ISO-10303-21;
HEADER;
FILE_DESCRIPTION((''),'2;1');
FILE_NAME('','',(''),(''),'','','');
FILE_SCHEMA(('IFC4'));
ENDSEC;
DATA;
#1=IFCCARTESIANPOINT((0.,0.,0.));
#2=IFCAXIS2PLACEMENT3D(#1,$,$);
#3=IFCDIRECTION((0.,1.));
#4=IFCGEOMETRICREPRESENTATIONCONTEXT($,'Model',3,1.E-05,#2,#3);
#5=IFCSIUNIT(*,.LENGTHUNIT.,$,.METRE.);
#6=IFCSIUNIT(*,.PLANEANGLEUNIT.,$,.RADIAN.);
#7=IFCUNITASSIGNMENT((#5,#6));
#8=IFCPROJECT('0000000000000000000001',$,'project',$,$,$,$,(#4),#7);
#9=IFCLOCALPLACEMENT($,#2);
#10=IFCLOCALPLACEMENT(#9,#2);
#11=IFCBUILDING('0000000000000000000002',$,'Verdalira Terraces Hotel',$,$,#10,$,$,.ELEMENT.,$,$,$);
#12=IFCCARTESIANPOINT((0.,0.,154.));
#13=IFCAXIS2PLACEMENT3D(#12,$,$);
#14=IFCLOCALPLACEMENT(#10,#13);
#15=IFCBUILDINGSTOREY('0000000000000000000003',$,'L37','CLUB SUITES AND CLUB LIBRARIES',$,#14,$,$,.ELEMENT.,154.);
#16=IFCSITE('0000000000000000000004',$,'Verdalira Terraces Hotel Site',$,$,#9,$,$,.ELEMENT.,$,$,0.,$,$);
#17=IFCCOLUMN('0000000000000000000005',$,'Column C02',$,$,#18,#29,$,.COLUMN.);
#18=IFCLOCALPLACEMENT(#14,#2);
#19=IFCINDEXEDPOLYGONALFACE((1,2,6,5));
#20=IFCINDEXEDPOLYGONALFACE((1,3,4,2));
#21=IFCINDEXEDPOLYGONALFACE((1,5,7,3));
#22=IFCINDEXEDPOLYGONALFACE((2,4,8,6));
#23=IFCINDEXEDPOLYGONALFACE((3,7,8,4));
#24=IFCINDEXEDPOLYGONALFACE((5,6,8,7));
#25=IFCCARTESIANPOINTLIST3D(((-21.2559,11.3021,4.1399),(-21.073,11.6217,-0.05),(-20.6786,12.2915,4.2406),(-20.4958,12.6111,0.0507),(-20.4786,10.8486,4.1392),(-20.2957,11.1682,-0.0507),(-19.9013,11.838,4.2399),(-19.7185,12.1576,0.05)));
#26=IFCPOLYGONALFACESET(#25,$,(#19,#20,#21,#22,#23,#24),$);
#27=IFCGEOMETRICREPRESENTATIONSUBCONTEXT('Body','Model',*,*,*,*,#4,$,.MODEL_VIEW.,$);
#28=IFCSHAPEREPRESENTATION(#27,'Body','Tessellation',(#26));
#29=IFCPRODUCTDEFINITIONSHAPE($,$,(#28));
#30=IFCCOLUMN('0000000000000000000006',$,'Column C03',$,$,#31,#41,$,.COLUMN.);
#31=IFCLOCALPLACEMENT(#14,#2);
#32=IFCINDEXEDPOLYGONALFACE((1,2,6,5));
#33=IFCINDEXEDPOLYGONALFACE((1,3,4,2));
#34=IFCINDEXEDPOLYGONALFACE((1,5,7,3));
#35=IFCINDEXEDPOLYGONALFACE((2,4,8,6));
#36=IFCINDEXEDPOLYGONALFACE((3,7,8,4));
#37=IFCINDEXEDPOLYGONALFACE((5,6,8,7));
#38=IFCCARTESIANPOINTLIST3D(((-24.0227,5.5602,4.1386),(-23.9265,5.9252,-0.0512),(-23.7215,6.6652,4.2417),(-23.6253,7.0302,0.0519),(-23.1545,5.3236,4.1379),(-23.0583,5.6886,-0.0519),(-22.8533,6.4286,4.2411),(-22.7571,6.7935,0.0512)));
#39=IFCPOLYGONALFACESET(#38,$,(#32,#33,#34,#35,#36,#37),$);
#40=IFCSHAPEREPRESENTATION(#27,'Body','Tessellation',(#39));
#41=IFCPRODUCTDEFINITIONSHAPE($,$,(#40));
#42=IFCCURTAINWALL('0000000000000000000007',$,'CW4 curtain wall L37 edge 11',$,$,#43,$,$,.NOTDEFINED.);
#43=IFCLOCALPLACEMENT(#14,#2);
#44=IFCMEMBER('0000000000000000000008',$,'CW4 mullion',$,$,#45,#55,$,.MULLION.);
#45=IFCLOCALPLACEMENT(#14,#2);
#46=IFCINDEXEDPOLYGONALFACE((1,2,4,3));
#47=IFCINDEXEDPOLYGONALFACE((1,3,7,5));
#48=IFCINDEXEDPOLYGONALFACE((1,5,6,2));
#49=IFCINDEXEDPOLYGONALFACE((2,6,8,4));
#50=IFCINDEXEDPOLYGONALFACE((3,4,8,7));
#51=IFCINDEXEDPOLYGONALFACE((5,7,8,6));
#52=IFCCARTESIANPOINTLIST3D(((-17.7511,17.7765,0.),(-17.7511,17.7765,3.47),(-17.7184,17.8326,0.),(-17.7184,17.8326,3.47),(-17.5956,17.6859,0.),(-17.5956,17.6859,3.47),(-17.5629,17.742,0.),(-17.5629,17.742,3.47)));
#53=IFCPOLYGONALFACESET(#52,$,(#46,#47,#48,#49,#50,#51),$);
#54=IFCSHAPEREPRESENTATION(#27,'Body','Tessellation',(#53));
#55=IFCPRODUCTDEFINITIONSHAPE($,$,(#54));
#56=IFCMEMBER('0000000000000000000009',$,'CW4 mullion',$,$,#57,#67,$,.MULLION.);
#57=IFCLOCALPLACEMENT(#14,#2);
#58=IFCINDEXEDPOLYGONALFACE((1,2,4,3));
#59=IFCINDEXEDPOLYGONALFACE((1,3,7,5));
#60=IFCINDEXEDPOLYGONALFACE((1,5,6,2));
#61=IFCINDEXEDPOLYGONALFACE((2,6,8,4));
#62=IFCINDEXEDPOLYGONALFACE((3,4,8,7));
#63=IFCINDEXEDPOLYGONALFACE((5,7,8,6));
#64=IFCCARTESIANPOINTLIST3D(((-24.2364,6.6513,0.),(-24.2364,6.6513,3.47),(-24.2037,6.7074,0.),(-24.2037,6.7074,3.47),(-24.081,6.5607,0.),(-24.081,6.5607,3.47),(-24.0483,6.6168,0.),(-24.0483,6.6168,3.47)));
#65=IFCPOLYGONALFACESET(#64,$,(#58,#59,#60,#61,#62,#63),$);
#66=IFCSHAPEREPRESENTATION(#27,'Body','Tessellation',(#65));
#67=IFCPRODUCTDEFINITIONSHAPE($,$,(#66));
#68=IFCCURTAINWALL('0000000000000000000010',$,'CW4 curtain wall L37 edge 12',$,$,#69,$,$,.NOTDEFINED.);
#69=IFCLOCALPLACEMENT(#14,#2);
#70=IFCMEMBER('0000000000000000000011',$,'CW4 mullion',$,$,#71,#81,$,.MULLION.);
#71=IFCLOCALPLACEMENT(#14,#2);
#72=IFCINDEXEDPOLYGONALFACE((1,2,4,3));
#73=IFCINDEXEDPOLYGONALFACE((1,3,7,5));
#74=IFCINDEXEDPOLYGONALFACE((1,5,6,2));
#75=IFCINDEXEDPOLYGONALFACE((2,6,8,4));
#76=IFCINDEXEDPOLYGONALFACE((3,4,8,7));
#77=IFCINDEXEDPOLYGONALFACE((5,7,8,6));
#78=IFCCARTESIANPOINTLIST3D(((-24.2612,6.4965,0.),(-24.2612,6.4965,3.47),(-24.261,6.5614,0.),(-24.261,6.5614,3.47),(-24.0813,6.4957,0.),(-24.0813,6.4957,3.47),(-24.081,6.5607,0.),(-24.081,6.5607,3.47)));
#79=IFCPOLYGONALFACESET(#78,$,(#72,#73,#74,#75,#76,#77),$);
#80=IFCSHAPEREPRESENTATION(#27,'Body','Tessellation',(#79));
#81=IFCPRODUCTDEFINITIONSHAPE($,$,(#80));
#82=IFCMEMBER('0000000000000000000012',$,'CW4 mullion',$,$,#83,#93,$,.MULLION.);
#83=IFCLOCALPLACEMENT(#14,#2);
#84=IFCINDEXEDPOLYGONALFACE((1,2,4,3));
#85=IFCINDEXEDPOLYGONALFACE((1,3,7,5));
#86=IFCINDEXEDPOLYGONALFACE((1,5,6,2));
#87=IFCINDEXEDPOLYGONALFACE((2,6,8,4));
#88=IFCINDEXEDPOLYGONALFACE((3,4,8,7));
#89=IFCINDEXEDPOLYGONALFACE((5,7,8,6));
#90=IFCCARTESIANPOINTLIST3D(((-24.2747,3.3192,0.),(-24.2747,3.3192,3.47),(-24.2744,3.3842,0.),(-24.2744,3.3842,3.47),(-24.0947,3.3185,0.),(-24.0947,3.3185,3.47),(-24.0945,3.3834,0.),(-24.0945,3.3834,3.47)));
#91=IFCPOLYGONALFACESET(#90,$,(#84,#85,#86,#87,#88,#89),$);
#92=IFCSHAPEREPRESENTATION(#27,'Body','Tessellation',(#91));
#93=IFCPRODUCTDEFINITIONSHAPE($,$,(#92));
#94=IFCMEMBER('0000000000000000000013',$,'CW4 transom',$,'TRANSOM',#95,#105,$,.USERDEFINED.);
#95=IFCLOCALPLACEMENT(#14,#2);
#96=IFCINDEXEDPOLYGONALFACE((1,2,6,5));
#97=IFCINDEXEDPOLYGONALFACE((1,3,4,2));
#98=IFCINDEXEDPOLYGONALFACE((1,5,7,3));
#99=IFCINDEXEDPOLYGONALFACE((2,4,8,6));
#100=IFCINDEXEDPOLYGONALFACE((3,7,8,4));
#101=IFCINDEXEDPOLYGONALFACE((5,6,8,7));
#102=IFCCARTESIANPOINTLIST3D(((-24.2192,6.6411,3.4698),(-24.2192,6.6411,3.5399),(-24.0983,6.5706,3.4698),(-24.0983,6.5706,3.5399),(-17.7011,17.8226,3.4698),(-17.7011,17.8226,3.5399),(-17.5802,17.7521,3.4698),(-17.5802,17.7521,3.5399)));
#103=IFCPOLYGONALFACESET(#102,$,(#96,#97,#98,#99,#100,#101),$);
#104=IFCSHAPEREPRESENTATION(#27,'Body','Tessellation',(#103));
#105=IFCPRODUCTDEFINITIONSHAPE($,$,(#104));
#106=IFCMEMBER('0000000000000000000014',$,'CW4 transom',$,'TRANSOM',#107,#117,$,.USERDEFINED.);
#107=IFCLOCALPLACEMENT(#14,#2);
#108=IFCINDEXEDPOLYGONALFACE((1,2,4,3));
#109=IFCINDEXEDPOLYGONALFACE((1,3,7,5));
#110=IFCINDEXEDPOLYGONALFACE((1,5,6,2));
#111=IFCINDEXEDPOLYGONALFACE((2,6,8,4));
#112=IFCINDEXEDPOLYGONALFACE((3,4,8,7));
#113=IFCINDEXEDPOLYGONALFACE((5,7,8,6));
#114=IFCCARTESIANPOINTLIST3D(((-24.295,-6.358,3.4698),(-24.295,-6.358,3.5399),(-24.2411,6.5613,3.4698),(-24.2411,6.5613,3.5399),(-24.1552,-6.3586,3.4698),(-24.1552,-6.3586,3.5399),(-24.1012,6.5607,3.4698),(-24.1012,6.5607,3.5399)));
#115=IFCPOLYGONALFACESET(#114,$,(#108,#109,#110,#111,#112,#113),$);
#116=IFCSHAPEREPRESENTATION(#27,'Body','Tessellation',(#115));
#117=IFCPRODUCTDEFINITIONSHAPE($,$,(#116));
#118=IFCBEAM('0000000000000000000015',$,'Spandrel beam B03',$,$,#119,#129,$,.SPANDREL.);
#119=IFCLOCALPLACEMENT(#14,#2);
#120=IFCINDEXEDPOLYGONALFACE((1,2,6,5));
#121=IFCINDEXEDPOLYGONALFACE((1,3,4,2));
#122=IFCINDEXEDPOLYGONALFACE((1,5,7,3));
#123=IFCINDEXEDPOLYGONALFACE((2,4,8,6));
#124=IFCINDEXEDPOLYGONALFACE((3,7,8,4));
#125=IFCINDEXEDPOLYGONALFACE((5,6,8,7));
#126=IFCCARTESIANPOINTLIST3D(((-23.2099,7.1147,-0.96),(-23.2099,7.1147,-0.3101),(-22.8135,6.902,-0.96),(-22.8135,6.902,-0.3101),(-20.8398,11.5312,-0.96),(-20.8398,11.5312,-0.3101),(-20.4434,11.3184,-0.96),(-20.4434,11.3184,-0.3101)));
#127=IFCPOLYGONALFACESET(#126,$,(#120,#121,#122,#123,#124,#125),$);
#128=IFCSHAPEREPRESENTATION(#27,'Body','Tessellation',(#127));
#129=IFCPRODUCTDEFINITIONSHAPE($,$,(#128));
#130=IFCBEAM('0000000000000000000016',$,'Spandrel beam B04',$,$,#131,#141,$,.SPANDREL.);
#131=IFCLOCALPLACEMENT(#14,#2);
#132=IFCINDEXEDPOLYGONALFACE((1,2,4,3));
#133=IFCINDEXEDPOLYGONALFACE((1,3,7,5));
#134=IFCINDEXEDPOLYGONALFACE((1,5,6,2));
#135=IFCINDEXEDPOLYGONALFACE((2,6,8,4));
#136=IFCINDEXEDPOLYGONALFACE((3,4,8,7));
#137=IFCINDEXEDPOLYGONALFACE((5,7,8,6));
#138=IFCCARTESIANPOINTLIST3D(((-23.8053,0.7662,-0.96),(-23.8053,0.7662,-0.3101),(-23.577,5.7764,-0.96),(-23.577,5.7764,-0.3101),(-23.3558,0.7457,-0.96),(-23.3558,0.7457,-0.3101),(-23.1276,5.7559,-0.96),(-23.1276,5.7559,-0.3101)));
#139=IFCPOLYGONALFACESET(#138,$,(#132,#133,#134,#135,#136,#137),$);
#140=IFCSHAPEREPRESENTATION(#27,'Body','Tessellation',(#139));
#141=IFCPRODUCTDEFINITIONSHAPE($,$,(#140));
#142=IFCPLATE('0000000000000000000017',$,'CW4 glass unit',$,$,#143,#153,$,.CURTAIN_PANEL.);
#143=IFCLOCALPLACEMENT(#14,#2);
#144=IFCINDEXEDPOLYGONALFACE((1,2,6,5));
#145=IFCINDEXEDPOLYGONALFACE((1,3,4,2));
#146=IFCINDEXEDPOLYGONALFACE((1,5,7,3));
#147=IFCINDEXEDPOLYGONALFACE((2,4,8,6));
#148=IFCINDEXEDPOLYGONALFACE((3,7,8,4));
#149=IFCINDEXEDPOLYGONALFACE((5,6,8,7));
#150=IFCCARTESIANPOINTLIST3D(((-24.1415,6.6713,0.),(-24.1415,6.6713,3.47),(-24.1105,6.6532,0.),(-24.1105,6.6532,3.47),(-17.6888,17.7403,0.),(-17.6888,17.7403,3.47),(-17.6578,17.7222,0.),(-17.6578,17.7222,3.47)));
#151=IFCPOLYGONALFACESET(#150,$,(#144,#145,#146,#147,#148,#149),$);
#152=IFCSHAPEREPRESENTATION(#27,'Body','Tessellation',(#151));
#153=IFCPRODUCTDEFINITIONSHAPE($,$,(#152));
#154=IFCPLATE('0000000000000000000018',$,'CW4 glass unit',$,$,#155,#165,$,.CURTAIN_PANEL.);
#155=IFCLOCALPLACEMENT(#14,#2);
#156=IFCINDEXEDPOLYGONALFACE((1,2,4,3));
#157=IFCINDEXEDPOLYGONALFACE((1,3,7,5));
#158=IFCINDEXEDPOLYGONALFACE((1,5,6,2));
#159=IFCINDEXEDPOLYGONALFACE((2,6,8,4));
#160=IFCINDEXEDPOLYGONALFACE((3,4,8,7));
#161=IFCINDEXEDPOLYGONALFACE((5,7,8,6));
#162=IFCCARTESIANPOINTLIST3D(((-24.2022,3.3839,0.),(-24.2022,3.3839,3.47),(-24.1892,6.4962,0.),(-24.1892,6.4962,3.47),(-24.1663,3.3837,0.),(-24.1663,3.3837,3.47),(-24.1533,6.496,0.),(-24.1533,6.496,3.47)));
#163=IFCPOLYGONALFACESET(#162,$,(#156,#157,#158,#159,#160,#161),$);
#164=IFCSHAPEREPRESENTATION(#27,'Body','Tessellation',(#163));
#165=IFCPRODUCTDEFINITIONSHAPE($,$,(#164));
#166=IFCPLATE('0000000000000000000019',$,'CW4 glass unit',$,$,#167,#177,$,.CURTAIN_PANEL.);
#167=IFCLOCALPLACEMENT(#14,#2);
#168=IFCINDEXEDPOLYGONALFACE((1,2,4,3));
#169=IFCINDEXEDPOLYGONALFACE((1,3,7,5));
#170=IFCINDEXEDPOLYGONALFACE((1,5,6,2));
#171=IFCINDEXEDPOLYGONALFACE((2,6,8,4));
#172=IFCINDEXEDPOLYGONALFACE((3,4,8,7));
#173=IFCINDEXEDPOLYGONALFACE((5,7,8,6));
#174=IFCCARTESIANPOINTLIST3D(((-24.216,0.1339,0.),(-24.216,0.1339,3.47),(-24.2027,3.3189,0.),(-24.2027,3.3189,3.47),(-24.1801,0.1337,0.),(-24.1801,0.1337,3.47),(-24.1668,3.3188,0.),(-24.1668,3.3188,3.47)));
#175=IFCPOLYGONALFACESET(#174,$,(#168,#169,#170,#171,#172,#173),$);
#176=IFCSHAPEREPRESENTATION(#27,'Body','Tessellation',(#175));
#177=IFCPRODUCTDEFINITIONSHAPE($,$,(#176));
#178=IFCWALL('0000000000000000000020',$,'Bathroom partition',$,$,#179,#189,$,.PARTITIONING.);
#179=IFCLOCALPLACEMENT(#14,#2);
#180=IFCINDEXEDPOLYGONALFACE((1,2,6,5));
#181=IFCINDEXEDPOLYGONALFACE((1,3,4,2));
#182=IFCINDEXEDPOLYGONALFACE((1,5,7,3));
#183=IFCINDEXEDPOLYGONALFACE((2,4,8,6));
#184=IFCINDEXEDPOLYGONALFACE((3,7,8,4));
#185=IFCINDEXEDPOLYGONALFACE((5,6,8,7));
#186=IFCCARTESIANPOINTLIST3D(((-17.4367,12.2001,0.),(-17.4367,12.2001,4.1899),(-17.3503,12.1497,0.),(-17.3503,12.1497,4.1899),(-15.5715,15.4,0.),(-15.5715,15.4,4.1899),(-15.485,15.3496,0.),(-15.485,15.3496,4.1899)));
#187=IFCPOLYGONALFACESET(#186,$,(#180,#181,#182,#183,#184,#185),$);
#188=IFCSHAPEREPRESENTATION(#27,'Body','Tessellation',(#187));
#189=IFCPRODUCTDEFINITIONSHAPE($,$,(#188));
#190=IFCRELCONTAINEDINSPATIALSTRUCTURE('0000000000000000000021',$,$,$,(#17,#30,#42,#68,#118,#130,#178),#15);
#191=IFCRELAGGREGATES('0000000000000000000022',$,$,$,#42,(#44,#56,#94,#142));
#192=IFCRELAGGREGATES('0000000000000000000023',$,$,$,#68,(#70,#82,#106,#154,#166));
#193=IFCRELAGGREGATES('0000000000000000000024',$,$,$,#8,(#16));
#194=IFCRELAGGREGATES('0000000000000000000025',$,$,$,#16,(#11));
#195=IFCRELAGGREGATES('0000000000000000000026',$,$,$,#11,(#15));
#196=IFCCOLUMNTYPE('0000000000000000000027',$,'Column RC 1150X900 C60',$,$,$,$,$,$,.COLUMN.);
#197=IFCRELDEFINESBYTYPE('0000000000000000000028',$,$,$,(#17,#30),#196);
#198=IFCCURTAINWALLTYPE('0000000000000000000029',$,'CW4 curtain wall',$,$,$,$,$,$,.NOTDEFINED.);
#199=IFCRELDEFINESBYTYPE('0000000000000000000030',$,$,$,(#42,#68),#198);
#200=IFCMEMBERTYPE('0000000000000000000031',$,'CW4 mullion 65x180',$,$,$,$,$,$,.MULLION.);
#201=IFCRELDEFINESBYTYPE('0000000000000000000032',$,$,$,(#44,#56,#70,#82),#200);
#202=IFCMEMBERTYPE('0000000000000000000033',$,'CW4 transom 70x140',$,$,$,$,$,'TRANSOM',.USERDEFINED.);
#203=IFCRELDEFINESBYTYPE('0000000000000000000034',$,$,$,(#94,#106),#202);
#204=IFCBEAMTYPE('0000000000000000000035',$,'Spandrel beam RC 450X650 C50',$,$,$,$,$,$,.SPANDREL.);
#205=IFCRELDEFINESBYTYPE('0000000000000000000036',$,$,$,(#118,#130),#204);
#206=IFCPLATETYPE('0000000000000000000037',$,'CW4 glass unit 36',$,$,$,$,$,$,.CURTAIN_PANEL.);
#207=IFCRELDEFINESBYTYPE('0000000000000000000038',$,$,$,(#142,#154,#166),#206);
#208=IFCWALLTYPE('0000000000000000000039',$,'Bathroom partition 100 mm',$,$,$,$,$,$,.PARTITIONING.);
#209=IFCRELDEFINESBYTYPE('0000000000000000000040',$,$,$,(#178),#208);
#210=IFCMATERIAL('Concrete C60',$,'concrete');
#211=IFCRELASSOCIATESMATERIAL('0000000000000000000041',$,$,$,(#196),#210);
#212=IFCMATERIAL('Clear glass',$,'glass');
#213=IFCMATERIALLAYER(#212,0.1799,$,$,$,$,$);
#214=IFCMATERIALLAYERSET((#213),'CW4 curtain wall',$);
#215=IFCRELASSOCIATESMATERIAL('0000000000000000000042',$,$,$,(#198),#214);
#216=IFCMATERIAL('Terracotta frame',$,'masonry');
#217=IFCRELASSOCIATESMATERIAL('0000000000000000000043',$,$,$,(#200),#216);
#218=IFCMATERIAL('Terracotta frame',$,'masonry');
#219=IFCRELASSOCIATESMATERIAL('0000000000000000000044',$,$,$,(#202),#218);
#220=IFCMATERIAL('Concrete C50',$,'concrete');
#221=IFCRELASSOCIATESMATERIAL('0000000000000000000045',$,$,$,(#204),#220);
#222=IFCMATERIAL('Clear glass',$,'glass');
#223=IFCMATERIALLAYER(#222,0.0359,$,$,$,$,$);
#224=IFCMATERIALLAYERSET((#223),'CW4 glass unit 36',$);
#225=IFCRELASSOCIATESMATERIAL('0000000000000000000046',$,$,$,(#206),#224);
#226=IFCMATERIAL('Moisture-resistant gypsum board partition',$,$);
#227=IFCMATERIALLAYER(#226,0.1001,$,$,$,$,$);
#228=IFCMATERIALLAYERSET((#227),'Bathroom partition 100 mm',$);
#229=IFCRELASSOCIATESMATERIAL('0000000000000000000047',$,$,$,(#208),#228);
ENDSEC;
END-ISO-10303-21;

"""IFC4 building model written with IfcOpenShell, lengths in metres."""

from ifc_helpers import new_model, si_unit, direction, frame, frame_2d, origin, origin_2d, place, context, subcontext, project, spatial, rectangle, extrude, material, layer, layer_set, material_profile, profile_set, type_object, element, aggregate, save


model = new_model("IFC4")

# Units and contexts
model_context = context("Model", 3, precision=1e-05, world=origin(), true_north=direction((0.0, 1.0)))
body_context = subcontext(model_context, "Body", "Model", "MODEL_VIEW")
ifc_project = project(units=[si_unit("LENGTHUNIT", "METRE"), si_unit("PLANEANGLEUNIT", "RADIAN")], contexts=[model_context])

# Site, building, storey
site_placement = place(None, origin())
site = spatial("IfcSite", under=ifc_project, at=site_placement, Name="Verdalira Terraces Hotel Site", CompositionType="ELEMENT", RefElevation=0.0)
building_placement = place(site_placement, origin())
building = spatial("IfcBuilding", under=site, at=building_placement, Name="Verdalira Terraces Hotel", CompositionType="ELEMENT")
storey_placement = place(building_placement, frame((0.0, 0.0, 154.0)))
storey = spatial("IfcBuildingStorey", under=building, at=storey_placement, Name="L37", Description="CLUB SUITES AND CLUB LIBRARIES", CompositionType="ELEMENT", Elevation=154.0)

# Columns
ifc_material_1 = material(Name="Concrete C60", Category="concrete")
ifc_material_profile_1 = material_profile(ifc_material_1, rectangle(XDim=1.1499, YDim=0.8999, at=origin_2d()), Name="RC 1150X900")
ifc_profile_set_1 = profile_set([ifc_material_profile_1], Name="Concrete C60")
column_type = type_object("IfcColumnType", Name="Column RC 1150X900 C60", PredefinedType="COLUMN", material=ifc_profile_set_1)
column_1_placement = place(storey_placement, frame((-20.3958, 11.8896, 0.0), z_axis=(-0.043475, -0.07598, 0.996161), x_axis=(-0.502015, -0.860418, -0.087536)))
element("IfcColumn", 1, at=column_1_placement, inside=storey, type_object=column_type, Name="Column C02", PredefinedType="COLUMN", context=body_context, shape_type="SweptSolid", body=[
    extrude(rectangle(XDim=1.1499, YDim=0.8999, at=origin_2d()), origin(), (0.0, 0.0, 1.0), 4.2061),
])
column_2_placement = place(storey_placement, frame((-23.3418, 6.3594, 0.0), z_axis=(-0.022865, -0.08676, 0.995967), x_axis=(0.26194, 0.960905, 0.089719)))
element("IfcColumn", 2, at=column_2_placement, inside=storey, type_object=column_type, Name="Column C03", PredefinedType="COLUMN", context=body_context, shape_type="SweptSolid", body=[
    extrude(rectangle(XDim=1.1499, YDim=0.8999, at=origin_2d()), origin(), (0.0, 0.0, 1.0), 4.2068),
])

# Curtain walls, members
ifc_material_2 = material(Name="Clear glass", Category="glass")
ifc_layer_1 = layer(ifc_material_2, 0.1799)
ifc_layer_set_1 = layer_set([ifc_layer_1], Name="CW4 curtain wall")
curtain_wall_type = type_object("IfcCurtainWallType", Name="CW4 curtain wall", PredefinedType="NOTDEFINED", material=ifc_layer_set_1)
curtain_wall_1_placement = place(storey_placement, origin())
curtain_wall_1 = element("IfcCurtainWall", 3, at=curtain_wall_1_placement, inside=storey, type_object=curtain_wall_type, Name="CW4 curtain wall L37 edge 11", PredefinedType="NOTDEFINED")
ifc_material_3 = material(Name="Terracotta frame", Category="masonry")
ifc_material_profile_2 = material_profile(ifc_material_3, rectangle(XDim=0.0649, YDim=0.1799, at=origin_2d()), Name="MU 65x180")
ifc_profile_set_2 = profile_set([ifc_material_profile_2], Name="Terracotta frame")
member_type_1 = type_object("IfcMemberType", Name="CW4 mullion 65x180", PredefinedType="MULLION", material=ifc_profile_set_2)
member_1_placement = place(storey_placement, frame((-17.657, 17.7593, 0.0), z_axis=(0.0, 0.0, 1.0), x_axis=(-0.503623, -0.863923, 0.0)))
member_1 = element("IfcMember", 4, at=member_1_placement, type_object=member_type_1, Name="CW4 mullion", PredefinedType="MULLION", context=body_context, shape_type="SweptSolid", body=[
    extrude(rectangle(XDim=0.0649, YDim=0.1799, at=origin_2d()), origin(), (0.0, 0.0, 1.0), 3.47),
])
member_2_placement = place(storey_placement, frame((-24.1423, 6.634, 0.0), z_axis=(0.0, 0.0, 1.0), x_axis=(-0.503623, -0.863923, 0.0)))
member_2 = element("IfcMember", 5, at=member_2_placement, type_object=member_type_1, Name="CW4 mullion", PredefinedType="MULLION", context=body_context, shape_type="SweptSolid", body=[
    extrude(rectangle(XDim=0.0649, YDim=0.1799, at=origin_2d()), origin(), (0.0, 0.0, 1.0), 3.47),
])
curtain_wall_2_placement = place(storey_placement, origin())
curtain_wall_2 = element("IfcCurtainWall", 6, at=curtain_wall_2_placement, inside=storey, type_object=curtain_wall_type, Name="CW4 curtain wall L37 edge 12", PredefinedType="NOTDEFINED")
member_3_placement = place(storey_placement, frame((-24.1711, 6.5286, 0.0), z_axis=(0.0, 0.0, 1.0), x_axis=(-0.004189, -0.999991, 0.0)))
member_3 = element("IfcMember", 7, at=member_3_placement, type_object=member_type_1, Name="CW4 mullion", PredefinedType="MULLION", context=body_context, shape_type="SweptSolid", body=[
    extrude(rectangle(XDim=0.0649, YDim=0.1799, at=origin_2d()), origin(), (0.0, 0.0, 1.0), 3.47),
])
member_4_placement = place(storey_placement, frame((-24.1846, 3.3513, 0.0), z_axis=(0.0, 0.0, 1.0), x_axis=(-0.004189, -0.999991, 0.0)))
member_4 = element("IfcMember", 8, at=member_4_placement, type_object=member_type_1, Name="CW4 mullion", PredefinedType="MULLION", context=body_context, shape_type="SweptSolid", body=[
    extrude(rectangle(XDim=0.0649, YDim=0.1799, at=origin_2d()), origin(), (0.0, 0.0, 1.0), 3.47),
])

# Members
ifc_material_4 = material(Name="Terracotta frame", Category="masonry")
ifc_material_profile_3 = material_profile(ifc_material_4, rectangle(XDim=0.1399, YDim=0.0701, at=origin_2d()), Name="TR 70x140")
ifc_profile_set_3 = profile_set([ifc_material_profile_3], Name="Terracotta frame")
member_type_2 = type_object("IfcMemberType", Name="CW4 transom 70x140", ElementType="TRANSOM", PredefinedType="USERDEFINED", material=ifc_profile_set_3)
member_5_placement = place(storey_placement, frame((-17.6406, 17.7874, 3.5049), z_axis=(-0.503616, -0.863927, 0.0), x_axis=(0.863927, -0.503616, 0.0)))
member_5 = element("IfcMember", 9, at=member_5_placement, type_object=member_type_2, Name="CW4 transom", ObjectType="TRANSOM", PredefinedType="USERDEFINED", context=body_context, shape_type="SweptSolid", body=[
    extrude(rectangle(XDim=0.1399, YDim=0.0701, at=origin_2d()), origin(), (0.0, 0.0, 1.0), 12.9426),
])
member_6_placement = place(storey_placement, frame((-24.1711, 6.561, 3.5049), z_axis=(-0.004176, -0.999991, 0.0), x_axis=(0.999991, -0.004176, 0.0)))
member_6 = element("IfcMember", 10, at=member_6_placement, type_object=member_type_2, Name="CW4 transom", ObjectType="TRANSOM", PredefinedType="USERDEFINED", context=body_context, shape_type="SweptSolid", body=[
    extrude(rectangle(XDim=0.1399, YDim=0.0701, at=origin_2d()), origin(), (0.0, 0.0, 1.0), 12.9194),
])

# Beams
ifc_material_5 = material(Name="Concrete C50", Category="concrete")
ifc_material_profile_4 = material_profile(ifc_material_5, rectangle(XDim=0.45, YDim=0.6499, at=origin_2d()), Name="RC 450X650")
ifc_profile_set_4 = profile_set([ifc_material_profile_4], Name="Concrete C50")
beam_type = type_object("IfcBeamType", Name="Spandrel beam RC 450X650 C50", PredefinedType="SPANDREL", material=ifc_profile_set_4)
beam_1_placement = place(storey_placement, frame((-20.6416, 11.4248, -0.635), z_axis=(-0.472862, -0.881137, 0.0), x_axis=(0.881137, -0.472862, 0.0)))
element("IfcBeam", 11, at=beam_1_placement, inside=storey, type_object=beam_type, Name="Spandrel beam B03", PredefinedType="SPANDREL", context=body_context, shape_type="SweptSolid", body=[
    extrude(rectangle(XDim=0.45, YDim=0.6499, at=origin_2d()), origin(), (0.0, 0.0, 1.0), 5.0122),
])
beam_2_placement = place(storey_placement, frame((-23.3523, 5.7661, -0.635), z_axis=(-0.045514, -0.998964, 0.0), x_axis=(0.998964, -0.045514, 0.0)))
element("IfcBeam", 12, at=beam_2_placement, inside=storey, type_object=beam_type, Name="Spandrel beam B04", PredefinedType="SPANDREL", context=body_context, shape_type="SweptSolid", body=[
    extrude(rectangle(XDim=0.45, YDim=0.6499, at=origin_2d()), origin(), (0.0, 0.0, 1.0), 5.0154),
])

# Plates
ifc_material_6 = material(Name="Clear glass", Category="glass")
ifc_layer_2 = layer(ifc_material_6, 0.0359)
ifc_layer_set_2 = layer_set([ifc_layer_2], Name="CW4 glass unit 36")
plate_type = type_object("IfcPlateType", Name="CW4 glass unit 36", PredefinedType="CURTAIN_PANEL", material=ifc_layer_set_2)
plate_1_placement = place(storey_placement, frame((-20.8997, 12.1968, 0.0), z_axis=(0.0, 0.0, 1.0), x_axis=(-0.503623, -0.863923, 0.0)))
plate_1 = element("IfcPlate", 13, at=plate_1_placement, type_object=plate_type, Name="CW4 glass unit", PredefinedType="CURTAIN_PANEL", context=body_context, shape_type="SweptSolid", body=[
    extrude(rectangle(XDim=12.8125, YDim=0.0359, at=origin_2d()), origin(), (0.0, 0.0, 1.0), 3.47),
])
aggregate(curtain_wall_1, [member_1, member_2, member_5, plate_1])
plate_2_placement = place(storey_placement, frame((-24.1777, 4.9399, 0.0), z_axis=(0.0, 0.0, 1.0), x_axis=(-0.004189, -0.999991, 0.0)))
plate_2 = element("IfcPlate", 14, at=plate_2_placement, type_object=plate_type, Name="CW4 glass unit", PredefinedType="CURTAIN_PANEL", context=body_context, shape_type="SweptSolid", body=[
    extrude(rectangle(XDim=3.1123, YDim=0.0359, at=origin_2d()), origin(), (0.0, 0.0, 1.0), 3.47),
])
plate_3_placement = place(storey_placement, frame((-24.1914, 1.7263, 0.0), z_axis=(0.0, 0.0, 1.0), x_axis=(-0.004189, -0.999991, 0.0)))
plate_3 = element("IfcPlate", 15, at=plate_3_placement, type_object=plate_type, Name="CW4 glass unit", PredefinedType="CURTAIN_PANEL", context=body_context, shape_type="SweptSolid", body=[
    extrude(rectangle(XDim=3.1851, YDim=0.0359, at=origin_2d()), origin(), (0.0, 0.0, 1.0), 3.47),
])
aggregate(curtain_wall_2, [member_3, member_4, member_6, plate_2, plate_3])

# Wall
ifc_material_7 = material(Name="Moisture-resistant gypsum board partition")
ifc_layer_3 = layer(ifc_material_7, 0.1001)
ifc_layer_set_3 = layer_set([ifc_layer_3], Name="Bathroom partition 100 mm")
wall_type_1 = type_object("IfcWallType", Name="Bathroom partition 100 mm", PredefinedType="PARTITIONING", material=ifc_layer_set_3)
wall_1_placement = place(storey_placement, frame((-17.3936, 12.1748, 0.0), z_axis=(0.0, 0.0, 1.0), x_axis=(0.503588, 0.863944, 0.0)))
element("IfcWall", 16, at=wall_1_placement, inside=storey, type_object=wall_type_1, Name="Bathroom partition", PredefinedType="PARTITIONING", context=body_context, shape_type="SweptSolid", body=[
    extrude(rectangle(XDim=3.7039, YDim=0.1001, at=frame_2d((1.8521, 0.0))), origin(), (0.0, 0.0, 1.0), 4.1899),
])

save(model, "model.ifc")
